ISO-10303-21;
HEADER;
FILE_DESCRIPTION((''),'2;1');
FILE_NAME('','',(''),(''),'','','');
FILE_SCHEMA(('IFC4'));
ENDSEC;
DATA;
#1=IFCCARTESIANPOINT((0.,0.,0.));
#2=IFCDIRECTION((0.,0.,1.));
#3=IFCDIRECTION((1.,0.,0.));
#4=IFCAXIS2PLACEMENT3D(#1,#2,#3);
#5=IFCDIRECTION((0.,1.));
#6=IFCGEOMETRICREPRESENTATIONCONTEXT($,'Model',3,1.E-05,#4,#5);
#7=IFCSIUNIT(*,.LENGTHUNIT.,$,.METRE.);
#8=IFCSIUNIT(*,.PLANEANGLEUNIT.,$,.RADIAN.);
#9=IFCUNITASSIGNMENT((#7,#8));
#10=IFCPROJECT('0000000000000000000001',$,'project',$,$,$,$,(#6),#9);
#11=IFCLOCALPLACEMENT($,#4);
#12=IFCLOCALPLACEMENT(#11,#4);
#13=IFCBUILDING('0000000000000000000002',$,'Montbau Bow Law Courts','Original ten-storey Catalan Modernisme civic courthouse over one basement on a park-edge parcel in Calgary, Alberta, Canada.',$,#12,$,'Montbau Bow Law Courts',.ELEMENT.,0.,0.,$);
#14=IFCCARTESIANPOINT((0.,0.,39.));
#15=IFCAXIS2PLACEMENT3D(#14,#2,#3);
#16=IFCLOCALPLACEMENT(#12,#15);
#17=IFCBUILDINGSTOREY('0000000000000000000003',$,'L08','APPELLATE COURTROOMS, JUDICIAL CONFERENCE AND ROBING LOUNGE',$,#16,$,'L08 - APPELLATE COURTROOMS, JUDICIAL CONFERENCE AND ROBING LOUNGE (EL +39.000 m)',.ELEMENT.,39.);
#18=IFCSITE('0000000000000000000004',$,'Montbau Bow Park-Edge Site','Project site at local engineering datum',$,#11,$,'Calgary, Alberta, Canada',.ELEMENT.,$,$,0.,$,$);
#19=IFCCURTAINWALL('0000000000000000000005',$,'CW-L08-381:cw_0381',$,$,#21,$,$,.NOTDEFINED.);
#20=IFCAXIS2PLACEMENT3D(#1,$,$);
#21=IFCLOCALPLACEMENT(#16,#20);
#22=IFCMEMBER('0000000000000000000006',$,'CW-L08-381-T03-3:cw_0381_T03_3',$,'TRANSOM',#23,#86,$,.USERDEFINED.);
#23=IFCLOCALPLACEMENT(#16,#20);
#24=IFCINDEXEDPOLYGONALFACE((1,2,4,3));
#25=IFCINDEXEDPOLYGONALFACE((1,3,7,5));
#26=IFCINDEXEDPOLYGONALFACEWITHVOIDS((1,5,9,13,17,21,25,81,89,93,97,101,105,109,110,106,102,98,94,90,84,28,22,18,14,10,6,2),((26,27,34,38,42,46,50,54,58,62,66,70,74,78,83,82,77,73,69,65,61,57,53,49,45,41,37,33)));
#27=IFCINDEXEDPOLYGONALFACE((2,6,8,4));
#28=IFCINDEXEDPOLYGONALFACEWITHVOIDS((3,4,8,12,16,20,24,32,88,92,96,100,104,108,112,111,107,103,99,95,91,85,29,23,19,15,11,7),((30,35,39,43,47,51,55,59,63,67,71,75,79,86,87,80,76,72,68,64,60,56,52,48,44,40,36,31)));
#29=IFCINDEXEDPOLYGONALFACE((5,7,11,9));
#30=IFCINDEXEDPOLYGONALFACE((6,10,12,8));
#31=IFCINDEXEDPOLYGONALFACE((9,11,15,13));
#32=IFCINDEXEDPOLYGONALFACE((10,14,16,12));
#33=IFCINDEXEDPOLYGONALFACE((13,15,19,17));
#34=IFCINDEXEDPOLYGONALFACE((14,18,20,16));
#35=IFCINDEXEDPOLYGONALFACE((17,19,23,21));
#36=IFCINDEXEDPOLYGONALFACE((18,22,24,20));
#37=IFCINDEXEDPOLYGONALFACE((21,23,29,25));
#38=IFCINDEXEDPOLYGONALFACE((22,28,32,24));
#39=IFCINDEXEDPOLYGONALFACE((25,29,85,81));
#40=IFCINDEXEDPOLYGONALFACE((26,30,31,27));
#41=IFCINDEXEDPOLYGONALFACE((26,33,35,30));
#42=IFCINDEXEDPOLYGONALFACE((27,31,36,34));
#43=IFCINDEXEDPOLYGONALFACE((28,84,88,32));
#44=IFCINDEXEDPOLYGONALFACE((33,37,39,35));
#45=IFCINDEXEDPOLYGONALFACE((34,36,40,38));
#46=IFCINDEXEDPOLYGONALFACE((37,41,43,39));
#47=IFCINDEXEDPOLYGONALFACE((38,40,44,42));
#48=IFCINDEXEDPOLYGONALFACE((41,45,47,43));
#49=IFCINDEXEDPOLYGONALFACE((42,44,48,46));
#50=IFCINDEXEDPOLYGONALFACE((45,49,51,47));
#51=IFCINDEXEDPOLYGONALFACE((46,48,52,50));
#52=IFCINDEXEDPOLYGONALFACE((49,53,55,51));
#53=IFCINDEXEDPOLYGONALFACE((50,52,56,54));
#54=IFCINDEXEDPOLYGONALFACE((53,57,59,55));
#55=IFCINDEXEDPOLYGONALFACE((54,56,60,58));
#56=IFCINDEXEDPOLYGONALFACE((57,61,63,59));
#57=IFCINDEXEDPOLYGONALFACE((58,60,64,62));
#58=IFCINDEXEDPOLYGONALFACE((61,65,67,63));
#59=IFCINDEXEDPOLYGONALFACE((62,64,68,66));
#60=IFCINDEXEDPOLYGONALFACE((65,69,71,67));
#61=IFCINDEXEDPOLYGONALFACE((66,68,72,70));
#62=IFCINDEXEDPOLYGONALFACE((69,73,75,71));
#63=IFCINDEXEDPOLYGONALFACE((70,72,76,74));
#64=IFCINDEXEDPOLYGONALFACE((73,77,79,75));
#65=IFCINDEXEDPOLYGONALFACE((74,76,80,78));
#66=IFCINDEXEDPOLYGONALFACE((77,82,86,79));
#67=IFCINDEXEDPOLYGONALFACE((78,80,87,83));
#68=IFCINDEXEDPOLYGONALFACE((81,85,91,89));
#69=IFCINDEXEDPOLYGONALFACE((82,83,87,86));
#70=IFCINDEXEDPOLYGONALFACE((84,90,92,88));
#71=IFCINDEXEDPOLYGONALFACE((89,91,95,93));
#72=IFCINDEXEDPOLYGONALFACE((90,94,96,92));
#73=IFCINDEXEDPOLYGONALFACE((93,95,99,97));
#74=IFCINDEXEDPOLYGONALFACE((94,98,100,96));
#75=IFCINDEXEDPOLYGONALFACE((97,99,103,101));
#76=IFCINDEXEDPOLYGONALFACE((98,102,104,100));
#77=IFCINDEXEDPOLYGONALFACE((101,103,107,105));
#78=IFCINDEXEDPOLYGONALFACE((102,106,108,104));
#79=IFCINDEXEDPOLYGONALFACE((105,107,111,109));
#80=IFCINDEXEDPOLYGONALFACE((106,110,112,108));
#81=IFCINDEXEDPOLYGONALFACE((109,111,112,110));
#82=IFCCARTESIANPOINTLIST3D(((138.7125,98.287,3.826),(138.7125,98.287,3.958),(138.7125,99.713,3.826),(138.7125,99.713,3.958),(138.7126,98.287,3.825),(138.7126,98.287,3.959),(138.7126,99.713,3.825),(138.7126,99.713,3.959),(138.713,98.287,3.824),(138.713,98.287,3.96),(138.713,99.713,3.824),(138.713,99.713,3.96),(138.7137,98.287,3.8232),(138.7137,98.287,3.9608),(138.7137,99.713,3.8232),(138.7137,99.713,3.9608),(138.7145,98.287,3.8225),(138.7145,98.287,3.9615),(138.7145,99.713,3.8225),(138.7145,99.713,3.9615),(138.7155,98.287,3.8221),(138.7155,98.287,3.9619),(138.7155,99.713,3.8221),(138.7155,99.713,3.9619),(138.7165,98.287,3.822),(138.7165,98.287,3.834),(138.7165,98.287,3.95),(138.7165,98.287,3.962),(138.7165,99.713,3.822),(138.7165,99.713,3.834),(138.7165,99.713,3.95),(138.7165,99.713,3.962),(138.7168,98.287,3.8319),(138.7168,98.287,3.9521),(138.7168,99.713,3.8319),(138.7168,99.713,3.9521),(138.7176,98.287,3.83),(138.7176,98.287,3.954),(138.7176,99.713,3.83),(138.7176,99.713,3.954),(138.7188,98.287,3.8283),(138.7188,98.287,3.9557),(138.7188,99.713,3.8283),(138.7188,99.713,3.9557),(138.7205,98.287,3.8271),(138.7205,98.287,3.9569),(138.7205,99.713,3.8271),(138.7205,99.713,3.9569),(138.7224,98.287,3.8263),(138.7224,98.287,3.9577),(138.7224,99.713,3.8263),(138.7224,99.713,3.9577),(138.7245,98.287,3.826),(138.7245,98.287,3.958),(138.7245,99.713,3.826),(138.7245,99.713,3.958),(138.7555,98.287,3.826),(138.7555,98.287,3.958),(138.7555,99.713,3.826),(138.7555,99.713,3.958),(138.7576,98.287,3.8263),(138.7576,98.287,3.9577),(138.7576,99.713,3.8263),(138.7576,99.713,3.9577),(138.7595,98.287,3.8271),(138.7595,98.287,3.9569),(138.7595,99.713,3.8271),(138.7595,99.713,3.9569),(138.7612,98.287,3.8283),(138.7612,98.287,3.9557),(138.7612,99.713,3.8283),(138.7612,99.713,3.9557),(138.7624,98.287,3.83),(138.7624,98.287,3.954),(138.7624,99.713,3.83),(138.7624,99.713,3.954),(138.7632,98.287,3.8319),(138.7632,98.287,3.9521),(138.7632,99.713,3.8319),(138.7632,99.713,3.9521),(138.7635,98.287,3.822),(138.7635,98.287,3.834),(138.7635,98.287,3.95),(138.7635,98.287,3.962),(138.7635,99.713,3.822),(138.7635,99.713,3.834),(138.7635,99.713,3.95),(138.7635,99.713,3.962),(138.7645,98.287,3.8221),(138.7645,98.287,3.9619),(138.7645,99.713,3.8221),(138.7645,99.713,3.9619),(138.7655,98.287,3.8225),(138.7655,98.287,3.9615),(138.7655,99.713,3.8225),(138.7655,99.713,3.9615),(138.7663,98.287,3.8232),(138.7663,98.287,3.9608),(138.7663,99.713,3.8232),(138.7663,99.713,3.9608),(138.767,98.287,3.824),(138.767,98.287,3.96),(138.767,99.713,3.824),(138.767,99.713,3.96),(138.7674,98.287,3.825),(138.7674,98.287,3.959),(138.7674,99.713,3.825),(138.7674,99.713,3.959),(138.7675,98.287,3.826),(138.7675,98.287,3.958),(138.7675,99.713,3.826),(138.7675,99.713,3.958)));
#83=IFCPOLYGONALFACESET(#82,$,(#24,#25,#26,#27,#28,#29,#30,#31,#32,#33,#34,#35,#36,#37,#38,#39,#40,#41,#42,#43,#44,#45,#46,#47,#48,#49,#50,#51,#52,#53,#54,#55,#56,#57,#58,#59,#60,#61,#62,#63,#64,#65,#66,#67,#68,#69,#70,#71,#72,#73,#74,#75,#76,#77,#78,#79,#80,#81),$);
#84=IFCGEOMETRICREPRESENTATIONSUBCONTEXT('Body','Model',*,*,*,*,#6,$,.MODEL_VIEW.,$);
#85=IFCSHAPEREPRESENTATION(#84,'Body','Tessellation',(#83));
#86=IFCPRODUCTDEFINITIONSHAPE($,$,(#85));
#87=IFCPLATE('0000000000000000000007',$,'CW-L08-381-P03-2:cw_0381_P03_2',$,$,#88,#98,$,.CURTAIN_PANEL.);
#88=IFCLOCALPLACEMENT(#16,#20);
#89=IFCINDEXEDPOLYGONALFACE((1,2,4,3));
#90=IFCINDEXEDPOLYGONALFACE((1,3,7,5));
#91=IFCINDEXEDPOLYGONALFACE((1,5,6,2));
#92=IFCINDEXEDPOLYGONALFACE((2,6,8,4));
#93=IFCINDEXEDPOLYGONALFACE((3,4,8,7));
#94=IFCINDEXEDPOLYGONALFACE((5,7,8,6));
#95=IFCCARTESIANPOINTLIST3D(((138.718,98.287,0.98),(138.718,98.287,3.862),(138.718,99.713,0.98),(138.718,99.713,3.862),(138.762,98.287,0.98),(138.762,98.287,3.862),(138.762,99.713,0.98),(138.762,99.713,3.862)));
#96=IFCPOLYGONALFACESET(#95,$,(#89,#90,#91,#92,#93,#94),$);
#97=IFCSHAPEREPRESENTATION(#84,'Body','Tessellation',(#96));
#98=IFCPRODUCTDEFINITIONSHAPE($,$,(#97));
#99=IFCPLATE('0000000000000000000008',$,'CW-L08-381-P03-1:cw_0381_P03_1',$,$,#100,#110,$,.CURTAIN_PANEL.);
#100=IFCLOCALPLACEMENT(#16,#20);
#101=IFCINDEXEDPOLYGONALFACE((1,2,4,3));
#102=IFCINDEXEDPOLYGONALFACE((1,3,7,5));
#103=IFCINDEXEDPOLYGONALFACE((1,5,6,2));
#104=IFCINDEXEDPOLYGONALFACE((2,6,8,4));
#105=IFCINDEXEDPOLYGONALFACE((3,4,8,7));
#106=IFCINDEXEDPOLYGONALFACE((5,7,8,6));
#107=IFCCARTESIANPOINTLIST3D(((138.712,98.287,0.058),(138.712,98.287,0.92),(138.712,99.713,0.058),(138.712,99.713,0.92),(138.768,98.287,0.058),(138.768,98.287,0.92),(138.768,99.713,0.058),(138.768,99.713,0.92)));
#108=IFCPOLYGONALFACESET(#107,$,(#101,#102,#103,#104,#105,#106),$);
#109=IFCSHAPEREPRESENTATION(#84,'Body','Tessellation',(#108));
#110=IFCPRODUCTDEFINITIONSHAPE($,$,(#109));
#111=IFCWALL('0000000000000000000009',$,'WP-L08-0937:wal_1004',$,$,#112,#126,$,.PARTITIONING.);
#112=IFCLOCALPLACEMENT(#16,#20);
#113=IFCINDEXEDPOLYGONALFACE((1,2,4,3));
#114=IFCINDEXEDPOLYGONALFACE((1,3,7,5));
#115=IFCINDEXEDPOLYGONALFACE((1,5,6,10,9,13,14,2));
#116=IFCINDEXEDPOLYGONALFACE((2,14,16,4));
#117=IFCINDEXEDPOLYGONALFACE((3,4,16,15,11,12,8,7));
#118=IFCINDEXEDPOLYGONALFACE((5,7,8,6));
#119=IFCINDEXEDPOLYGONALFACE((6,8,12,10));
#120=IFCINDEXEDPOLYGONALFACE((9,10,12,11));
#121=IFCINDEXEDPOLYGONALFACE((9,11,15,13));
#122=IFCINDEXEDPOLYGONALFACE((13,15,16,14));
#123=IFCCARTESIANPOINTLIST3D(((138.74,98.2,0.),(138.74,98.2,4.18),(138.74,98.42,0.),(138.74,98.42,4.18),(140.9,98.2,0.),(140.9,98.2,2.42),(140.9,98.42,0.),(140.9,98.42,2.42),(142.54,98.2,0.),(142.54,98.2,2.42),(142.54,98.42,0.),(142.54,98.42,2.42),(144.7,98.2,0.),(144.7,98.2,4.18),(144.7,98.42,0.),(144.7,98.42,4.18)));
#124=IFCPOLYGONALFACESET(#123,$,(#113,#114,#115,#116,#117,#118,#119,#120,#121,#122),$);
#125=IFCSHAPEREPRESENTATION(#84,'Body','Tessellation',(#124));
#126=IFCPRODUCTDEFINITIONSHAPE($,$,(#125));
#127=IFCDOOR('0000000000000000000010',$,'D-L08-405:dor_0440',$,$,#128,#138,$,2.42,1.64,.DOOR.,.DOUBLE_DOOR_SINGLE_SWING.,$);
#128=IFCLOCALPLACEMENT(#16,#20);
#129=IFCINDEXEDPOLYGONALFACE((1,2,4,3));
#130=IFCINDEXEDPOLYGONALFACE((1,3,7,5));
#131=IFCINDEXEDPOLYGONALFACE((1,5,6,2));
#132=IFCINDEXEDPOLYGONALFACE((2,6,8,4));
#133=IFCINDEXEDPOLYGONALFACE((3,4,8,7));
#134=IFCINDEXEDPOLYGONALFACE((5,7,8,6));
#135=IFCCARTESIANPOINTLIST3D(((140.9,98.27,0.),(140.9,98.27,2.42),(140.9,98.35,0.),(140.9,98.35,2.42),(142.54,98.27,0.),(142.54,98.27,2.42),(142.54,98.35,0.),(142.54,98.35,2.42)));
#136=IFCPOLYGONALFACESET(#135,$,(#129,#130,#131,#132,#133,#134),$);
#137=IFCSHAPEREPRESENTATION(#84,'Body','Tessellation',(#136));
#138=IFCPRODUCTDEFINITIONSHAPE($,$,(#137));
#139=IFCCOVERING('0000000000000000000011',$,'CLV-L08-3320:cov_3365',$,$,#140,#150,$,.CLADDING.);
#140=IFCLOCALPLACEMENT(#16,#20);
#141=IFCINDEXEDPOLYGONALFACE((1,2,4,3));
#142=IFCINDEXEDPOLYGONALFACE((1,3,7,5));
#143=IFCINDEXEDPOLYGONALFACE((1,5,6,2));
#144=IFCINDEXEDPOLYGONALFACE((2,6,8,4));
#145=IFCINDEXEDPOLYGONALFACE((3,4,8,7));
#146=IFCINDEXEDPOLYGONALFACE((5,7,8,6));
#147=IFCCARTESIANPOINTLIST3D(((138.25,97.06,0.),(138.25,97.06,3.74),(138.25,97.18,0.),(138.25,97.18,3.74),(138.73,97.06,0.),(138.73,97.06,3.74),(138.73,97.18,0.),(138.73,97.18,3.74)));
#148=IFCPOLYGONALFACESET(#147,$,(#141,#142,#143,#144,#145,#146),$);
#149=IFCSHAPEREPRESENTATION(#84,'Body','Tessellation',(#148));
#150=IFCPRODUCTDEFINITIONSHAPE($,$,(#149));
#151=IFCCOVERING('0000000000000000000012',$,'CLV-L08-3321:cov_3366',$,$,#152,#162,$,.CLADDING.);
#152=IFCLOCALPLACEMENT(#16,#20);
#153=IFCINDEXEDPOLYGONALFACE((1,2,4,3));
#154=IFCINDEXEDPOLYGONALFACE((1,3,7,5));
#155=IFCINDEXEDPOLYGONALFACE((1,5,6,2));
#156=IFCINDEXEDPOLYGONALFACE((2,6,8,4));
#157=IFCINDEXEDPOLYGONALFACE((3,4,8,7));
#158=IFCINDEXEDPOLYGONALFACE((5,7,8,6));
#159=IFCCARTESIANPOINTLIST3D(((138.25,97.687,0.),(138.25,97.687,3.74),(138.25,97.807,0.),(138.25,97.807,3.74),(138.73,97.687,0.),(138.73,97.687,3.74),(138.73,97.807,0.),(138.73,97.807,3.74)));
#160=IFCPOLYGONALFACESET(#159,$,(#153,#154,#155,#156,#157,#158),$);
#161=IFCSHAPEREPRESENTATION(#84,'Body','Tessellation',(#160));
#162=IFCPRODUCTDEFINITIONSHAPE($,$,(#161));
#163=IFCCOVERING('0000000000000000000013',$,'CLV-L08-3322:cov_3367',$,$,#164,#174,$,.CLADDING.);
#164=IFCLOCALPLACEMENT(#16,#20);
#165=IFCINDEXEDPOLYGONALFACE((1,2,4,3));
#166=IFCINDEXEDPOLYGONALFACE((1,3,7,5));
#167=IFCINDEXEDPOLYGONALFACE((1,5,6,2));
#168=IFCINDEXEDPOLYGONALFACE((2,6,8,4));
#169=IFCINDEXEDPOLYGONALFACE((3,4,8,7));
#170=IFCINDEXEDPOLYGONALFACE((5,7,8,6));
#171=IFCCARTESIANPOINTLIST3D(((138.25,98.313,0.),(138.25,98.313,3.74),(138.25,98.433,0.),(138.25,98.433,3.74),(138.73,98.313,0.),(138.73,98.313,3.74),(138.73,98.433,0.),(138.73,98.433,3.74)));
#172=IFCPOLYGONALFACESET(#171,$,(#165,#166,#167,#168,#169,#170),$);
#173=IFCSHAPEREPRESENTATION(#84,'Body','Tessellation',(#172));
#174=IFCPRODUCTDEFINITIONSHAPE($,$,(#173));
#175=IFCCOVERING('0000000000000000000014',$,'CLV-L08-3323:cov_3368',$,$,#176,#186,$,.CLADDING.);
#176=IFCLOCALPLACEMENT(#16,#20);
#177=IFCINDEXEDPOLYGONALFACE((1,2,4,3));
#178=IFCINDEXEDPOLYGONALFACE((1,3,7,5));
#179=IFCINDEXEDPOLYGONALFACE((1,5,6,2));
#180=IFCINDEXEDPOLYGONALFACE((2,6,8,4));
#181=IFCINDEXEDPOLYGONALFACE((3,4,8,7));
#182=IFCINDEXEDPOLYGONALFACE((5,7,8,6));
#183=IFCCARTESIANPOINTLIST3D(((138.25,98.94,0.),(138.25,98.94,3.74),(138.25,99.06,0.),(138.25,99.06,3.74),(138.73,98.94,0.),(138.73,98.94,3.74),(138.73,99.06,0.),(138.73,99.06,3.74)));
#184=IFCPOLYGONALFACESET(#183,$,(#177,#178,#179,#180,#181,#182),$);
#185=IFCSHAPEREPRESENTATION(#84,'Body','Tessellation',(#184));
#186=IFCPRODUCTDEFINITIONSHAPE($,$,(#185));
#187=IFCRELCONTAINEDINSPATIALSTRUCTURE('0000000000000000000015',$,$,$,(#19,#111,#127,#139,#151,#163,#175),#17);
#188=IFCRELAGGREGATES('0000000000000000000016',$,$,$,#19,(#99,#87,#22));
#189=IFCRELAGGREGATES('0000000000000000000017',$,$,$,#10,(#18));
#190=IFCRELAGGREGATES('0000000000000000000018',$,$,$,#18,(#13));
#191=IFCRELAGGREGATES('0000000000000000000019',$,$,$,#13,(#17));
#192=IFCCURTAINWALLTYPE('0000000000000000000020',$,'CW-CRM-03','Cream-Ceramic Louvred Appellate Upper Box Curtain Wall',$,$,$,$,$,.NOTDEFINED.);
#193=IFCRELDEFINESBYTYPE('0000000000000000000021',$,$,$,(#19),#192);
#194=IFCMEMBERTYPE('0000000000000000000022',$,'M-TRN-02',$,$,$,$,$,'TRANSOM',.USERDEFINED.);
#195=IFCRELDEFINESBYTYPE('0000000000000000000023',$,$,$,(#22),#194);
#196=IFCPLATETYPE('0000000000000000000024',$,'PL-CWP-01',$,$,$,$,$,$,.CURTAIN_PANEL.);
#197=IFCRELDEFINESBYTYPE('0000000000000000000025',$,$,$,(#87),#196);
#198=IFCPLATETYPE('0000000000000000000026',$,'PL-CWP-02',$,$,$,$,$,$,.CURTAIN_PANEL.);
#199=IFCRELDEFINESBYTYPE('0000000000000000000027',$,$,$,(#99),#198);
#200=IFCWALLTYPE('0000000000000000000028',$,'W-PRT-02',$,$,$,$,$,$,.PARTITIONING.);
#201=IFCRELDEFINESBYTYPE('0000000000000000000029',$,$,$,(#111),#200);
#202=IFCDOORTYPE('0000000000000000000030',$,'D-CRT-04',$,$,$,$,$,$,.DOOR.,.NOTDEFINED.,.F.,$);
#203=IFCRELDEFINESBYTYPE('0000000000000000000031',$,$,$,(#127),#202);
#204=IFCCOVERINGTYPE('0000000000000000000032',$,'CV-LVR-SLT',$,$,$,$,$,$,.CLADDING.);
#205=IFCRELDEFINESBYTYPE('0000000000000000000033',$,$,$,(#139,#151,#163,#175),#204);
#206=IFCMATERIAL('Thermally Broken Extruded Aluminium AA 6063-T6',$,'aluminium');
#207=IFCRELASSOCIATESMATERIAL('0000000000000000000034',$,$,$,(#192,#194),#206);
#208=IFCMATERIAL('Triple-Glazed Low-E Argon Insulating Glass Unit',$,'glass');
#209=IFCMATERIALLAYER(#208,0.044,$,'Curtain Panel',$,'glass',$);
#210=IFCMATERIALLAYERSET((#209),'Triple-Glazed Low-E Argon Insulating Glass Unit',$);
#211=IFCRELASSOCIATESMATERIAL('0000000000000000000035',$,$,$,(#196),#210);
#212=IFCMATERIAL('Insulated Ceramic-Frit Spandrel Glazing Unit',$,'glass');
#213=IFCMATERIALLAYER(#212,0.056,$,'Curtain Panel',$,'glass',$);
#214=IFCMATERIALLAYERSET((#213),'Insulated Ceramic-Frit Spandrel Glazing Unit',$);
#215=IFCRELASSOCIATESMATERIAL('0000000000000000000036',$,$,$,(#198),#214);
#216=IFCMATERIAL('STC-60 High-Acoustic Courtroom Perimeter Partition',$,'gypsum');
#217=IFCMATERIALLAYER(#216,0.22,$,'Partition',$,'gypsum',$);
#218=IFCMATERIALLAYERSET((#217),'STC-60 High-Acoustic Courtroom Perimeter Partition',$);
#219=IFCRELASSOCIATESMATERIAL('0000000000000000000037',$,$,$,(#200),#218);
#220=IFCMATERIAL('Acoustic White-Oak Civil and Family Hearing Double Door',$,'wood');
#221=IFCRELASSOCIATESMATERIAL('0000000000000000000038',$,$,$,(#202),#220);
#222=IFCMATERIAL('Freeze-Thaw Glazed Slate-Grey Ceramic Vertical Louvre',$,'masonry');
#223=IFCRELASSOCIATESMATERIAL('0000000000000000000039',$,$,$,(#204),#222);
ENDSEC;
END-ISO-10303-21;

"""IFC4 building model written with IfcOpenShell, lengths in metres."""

from ifc_helpers import new_model, si_unit, direction, frame, frame_2d, origin_with_axes, origin_2d_with_axis, place, context, subcontext, project, spatial, rectangle, hollow_rectangle, extrude, material, layer, layer_set, material_profile, profile_set, type_object, element, fill, aggregate, save


model = new_model("IFC4")

# Units and contexts
model_context = context("Model", 3, precision=1e-05, world=origin_with_axes(), true_north=direction((0.0, 1.0)))
body_context = subcontext(model_context, "Body", "Model", "MODEL_VIEW")
ifc_project = project(units=[si_unit("LENGTHUNIT", "METRE"), si_unit("PLANEANGLEUNIT", "RADIAN")], contexts=[model_context])

# Site, building, storey
site_placement = place(None, origin_with_axes())
site = spatial("IfcSite", under=ifc_project, at=site_placement, Name="Montbau Bow Park-Edge Site", Description="Project site at local engineering datum", LongName="Calgary, Alberta, Canada", CompositionType="ELEMENT", RefElevation=0.0)
building_placement = place(site_placement, origin_with_axes())
building = spatial("IfcBuilding", under=site, at=building_placement, Name="Montbau Bow Law Courts", Description="Original ten-storey Catalan Modernisme civic courthouse over one basement on a park-edge parcel in Calgary, Alberta, Canada.", LongName="Montbau Bow Law Courts", CompositionType="ELEMENT", ElevationOfRefHeight=0.0, ElevationOfTerrain=0.0)
storey_placement = place(building_placement, frame((0.0, 0.0, 39.0), z_axis=(0.0, 0.0, 1.0), x_axis=(1.0, 0.0, 0.0)))
storey = spatial("IfcBuildingStorey", under=building, at=storey_placement, Name="L08", Description="APPELLATE COURTROOMS, JUDICIAL CONFERENCE AND ROBING LOUNGE", LongName="L08 - APPELLATE COURTROOMS, JUDICIAL CONFERENCE AND ROBING LOUNGE (EL +39.000 m)", CompositionType="ELEMENT", Elevation=39.0)

# Curtain wall, member, plates
ifc_material_1 = material(Name="Thermally Broken Extruded Aluminium AA 6063-T6", Category="aluminium")
curtain_wall_type = type_object("IfcCurtainWallType", Name="CW-CRM-03", Description="Cream-Ceramic Louvred Appellate Upper Box Curtain Wall", PredefinedType="NOTDEFINED", material=ifc_material_1)
curtain_wall_placement = place(None, frame((138.74, 95.24, 39.0), z_axis=(0.0, 0.0, 1.0), x_axis=(1.0, 0.0, 0.0)))
curtain_wall = element("IfcCurtainWall", 1, at=curtain_wall_placement, inside=storey, type_object=curtain_wall_type, Name="CW-L08-381:cw_0381", PredefinedType="NOTDEFINED")
ifc_material_profile_1 = material_profile(ifc_material_1, hollow_rectangle(XDim=0.055, YDim=0.14, WallThickness=0.004, InnerFilletRadius=0.008, OuterFilletRadius=0.004, at=origin_2d_with_axis()), Name="CWT-140X55", Category="Main", Priority=0)
ifc_profile_set_1 = profile_set([ifc_material_profile_1], Name="Thermally Broken Extruded Aluminium AA 6063-T6")
member_type_1 = type_object("IfcMemberType", Name="M-TRN-02", ElementType="TRANSOM", PredefinedType="USERDEFINED", material=ifc_profile_set_1)
member_1_placement = place(None, frame((138.74, 98.287, 42.892), z_axis=(0.0, 1.0, 0.0), x_axis=(-1.0, 0.0, 0.0)))
member_1 = element("IfcMember", 2, at=member_1_placement, type_object=member_type_1, Name="CW-L08-381-T03-3:cw_0381_T03_3", ObjectType="TRANSOM", PredefinedType="USERDEFINED", context=body_context, shape_type="SweptSolid", body=[
    extrude(hollow_rectangle(XDim=0.055, YDim=0.14, WallThickness=0.004, InnerFilletRadius=0.008, OuterFilletRadius=0.004, at=origin_2d_with_axis()), origin_with_axes(), (0.0, 0.0, 1.0), 1.426),
])
ifc_material_2 = material(Name="Triple-Glazed Low-E Argon Insulating Glass Unit", Category="glass")
ifc_layer_1 = layer(ifc_material_2, 0.044, Name="Curtain Panel", Category="glass")
ifc_layer_set_1 = layer_set([ifc_layer_1], Name="Triple-Glazed Low-E Argon Insulating Glass Unit")
plate_type_1 = type_object("IfcPlateType", Name="PL-CWP-01", PredefinedType="CURTAIN_PANEL", material=ifc_layer_set_1)
plate_1_placement = place(None, frame((138.74, 98.287, 39.98), z_axis=(1.0, 0.0, 0.0), x_axis=(0.0, 1.0, 0.0)))
plate_1 = element("IfcPlate", 3, at=plate_1_placement, type_object=plate_type_1, Name="CW-L08-381-P03-2:cw_0381_P03_2", PredefinedType="CURTAIN_PANEL", context=body_context, shape_type="SweptSolid", body=[
    extrude(rectangle(XDim=1.426, YDim=2.882, at=frame_2d((0.713, 1.441), x_axis=(1.0, 0.0))), frame((0.0, 0.0, -0.022), z_axis=(0.0, 0.0, 1.0), x_axis=(1.0, 0.0, 0.0)), (0.0, 0.0, 1.0), 0.044),
])
ifc_material_3 = material(Name="Insulated Ceramic-Frit Spandrel Glazing Unit", Category="glass")
ifc_layer_2 = layer(ifc_material_3, 0.056, Name="Curtain Panel", Category="glass")
ifc_layer_set_2 = layer_set([ifc_layer_2], Name="Insulated Ceramic-Frit Spandrel Glazing Unit")
plate_type_2 = type_object("IfcPlateType", Name="PL-CWP-02", PredefinedType="CURTAIN_PANEL", material=ifc_layer_set_2)
plate_2_placement = place(None, frame((138.74, 98.287, 39.058), z_axis=(1.0, 0.0, 0.0), x_axis=(0.0, 1.0, 0.0)))
plate_2 = element("IfcPlate", 4, at=plate_2_placement, type_object=plate_type_2, Name="CW-L08-381-P03-1:cw_0381_P03_1", PredefinedType="CURTAIN_PANEL", context=body_context, shape_type="SweptSolid", body=[
    extrude(rectangle(XDim=1.426, YDim=0.862, at=frame_2d((0.713, 0.431), x_axis=(1.0, 0.0))), frame((0.0, 0.0, -0.028), z_axis=(0.0, 0.0, 1.0), x_axis=(1.0, 0.0, 0.0)), (0.0, 0.0, 1.0), 0.056),
])
aggregate(curtain_wall, [plate_2, plate_1, member_1])

# Wall, opening, door
ifc_material_4 = material(Name="STC-60 High-Acoustic Courtroom Perimeter Partition", Category="gypsum")
ifc_layer_3 = layer(ifc_material_4, 0.22, Name="Partition", Category="gypsum")
ifc_layer_set_3 = layer_set([ifc_layer_3], Name="STC-60 High-Acoustic Courtroom Perimeter Partition")
wall_type = type_object("IfcWallType", Name="W-PRT-02", PredefinedType="PARTITIONING", material=ifc_layer_set_3)
wall_placement = place(None, frame((138.74, 98.31, 39.0), z_axis=(0.0, 0.0, 1.0), x_axis=(1.0, 0.0, 0.0)))
wall = element("IfcWall", 5, at=wall_placement, inside=storey, type_object=wall_type, Name="WP-L08-0937:wal_1004", PredefinedType="PARTITIONING", context=body_context, shape_type="SweptSolid", body=[
    extrude(rectangle(XDim=5.96, YDim=0.22, at=frame_2d((2.98, 0.0), x_axis=(1.0, 0.0))), origin_with_axes(), (0.0, 0.0, 1.0), 4.18),
])
opening_placement = place(None, frame((141.72, 98.31, 39.0), z_axis=(0.0, 0.0, 1.0), x_axis=(1.0, 0.0, 0.0)))
opening = element("IfcOpeningElement", 6, at=opening_placement, cuts=wall, PredefinedType="OPENING", context=body_context, shape_type="SweptSolid", body=[
    extrude(rectangle(XDim=1.64, YDim=2.42, at=frame_2d((0.0, 1.21), x_axis=(1.0, 0.0))), frame((0.0, 0.12, 0.0), z_axis=(0.0, -1.0, 0.0), x_axis=(1.0, 0.0, 0.0)), (0.0, 0.0, 1.0), 0.24),
])
ifc_material_5 = material(Name="Acoustic White-Oak Civil and Family Hearing Double Door", Category="wood")
door_type = type_object("IfcDoorType", Name="D-CRT-04", OperationType="NOTDEFINED", ParameterTakesPrecedence=False, PredefinedType="DOOR", material=ifc_material_5)
door_placement = place(None, frame((141.72, 98.31, 39.0), z_axis=(0.0, 0.0, 1.0), x_axis=(1.0, 0.0, 0.0)))
door = element("IfcDoor", 7, at=door_placement, inside=storey, type_object=door_type, Name="D-L08-405:dor_0440", OperationType="DOUBLE_DOOR_SINGLE_SWING", OverallHeight=2.42, OverallWidth=1.64, PredefinedType="DOOR", context=body_context, shape_type="SweptSolid", body=[
    extrude(rectangle(XDim=1.64, YDim=2.42, at=frame_2d((0.0, 1.21), x_axis=(1.0, 0.0))), frame((0.0, 0.04, 0.0), z_axis=(0.0, -1.0, 0.0), x_axis=(1.0, 0.0, 0.0)), (0.0, 0.0, 1.0), 0.08),
])
fill(opening, door)

# Coverings
ifc_material_6 = material(Name="Freeze-Thaw Glazed Slate-Grey Ceramic Vertical Louvre", Category="masonry")
covering_type = type_object("IfcCoveringType", Name="CV-LVR-SLT", PredefinedType="CLADDING", material=ifc_material_6)
for number, where, z_axis, x_axis, name in (
    (8, (138.73, 97.12, 39.0), (0.0, 1.0, 0.0), (-1.0, 0.0, 0.0), "CLV-L08-3320:cov_3365"),
    (9, (138.73, 97.747, 39.0), (0.0, 1.0, 0.0), (-1.0, 0.0, 0.0), "CLV-L08-3321:cov_3366"),
    (10, (138.73, 98.373, 39.0), (0.0, 1.0, 0.0), (-1.0, 0.0, 0.0), "CLV-L08-3322:cov_3367"),
    (11, (138.73, 99.0, 39.0), (0.0, 1.0, 0.0), (-1.0, 0.0, 0.0), "CLV-L08-3323:cov_3368"),
):
    element("IfcCovering", number, at=place(None, frame(where, z_axis=z_axis, x_axis=x_axis)), inside=storey, type_object=covering_type, Name=name, PredefinedType="CLADDING", context=body_context, shape_type="SweptSolid", body=[
        extrude(rectangle(XDim=0.48, YDim=3.74, at=frame_2d((0.24, 1.87), x_axis=(1.0, 0.0))), frame((0.0, 0.0, -0.06), z_axis=(0.0, 0.0, 1.0), x_axis=(1.0, 0.0, 0.0)), (0.0, 0.0, 1.0), 0.12),
    ])

save(model, "model.ifc")
